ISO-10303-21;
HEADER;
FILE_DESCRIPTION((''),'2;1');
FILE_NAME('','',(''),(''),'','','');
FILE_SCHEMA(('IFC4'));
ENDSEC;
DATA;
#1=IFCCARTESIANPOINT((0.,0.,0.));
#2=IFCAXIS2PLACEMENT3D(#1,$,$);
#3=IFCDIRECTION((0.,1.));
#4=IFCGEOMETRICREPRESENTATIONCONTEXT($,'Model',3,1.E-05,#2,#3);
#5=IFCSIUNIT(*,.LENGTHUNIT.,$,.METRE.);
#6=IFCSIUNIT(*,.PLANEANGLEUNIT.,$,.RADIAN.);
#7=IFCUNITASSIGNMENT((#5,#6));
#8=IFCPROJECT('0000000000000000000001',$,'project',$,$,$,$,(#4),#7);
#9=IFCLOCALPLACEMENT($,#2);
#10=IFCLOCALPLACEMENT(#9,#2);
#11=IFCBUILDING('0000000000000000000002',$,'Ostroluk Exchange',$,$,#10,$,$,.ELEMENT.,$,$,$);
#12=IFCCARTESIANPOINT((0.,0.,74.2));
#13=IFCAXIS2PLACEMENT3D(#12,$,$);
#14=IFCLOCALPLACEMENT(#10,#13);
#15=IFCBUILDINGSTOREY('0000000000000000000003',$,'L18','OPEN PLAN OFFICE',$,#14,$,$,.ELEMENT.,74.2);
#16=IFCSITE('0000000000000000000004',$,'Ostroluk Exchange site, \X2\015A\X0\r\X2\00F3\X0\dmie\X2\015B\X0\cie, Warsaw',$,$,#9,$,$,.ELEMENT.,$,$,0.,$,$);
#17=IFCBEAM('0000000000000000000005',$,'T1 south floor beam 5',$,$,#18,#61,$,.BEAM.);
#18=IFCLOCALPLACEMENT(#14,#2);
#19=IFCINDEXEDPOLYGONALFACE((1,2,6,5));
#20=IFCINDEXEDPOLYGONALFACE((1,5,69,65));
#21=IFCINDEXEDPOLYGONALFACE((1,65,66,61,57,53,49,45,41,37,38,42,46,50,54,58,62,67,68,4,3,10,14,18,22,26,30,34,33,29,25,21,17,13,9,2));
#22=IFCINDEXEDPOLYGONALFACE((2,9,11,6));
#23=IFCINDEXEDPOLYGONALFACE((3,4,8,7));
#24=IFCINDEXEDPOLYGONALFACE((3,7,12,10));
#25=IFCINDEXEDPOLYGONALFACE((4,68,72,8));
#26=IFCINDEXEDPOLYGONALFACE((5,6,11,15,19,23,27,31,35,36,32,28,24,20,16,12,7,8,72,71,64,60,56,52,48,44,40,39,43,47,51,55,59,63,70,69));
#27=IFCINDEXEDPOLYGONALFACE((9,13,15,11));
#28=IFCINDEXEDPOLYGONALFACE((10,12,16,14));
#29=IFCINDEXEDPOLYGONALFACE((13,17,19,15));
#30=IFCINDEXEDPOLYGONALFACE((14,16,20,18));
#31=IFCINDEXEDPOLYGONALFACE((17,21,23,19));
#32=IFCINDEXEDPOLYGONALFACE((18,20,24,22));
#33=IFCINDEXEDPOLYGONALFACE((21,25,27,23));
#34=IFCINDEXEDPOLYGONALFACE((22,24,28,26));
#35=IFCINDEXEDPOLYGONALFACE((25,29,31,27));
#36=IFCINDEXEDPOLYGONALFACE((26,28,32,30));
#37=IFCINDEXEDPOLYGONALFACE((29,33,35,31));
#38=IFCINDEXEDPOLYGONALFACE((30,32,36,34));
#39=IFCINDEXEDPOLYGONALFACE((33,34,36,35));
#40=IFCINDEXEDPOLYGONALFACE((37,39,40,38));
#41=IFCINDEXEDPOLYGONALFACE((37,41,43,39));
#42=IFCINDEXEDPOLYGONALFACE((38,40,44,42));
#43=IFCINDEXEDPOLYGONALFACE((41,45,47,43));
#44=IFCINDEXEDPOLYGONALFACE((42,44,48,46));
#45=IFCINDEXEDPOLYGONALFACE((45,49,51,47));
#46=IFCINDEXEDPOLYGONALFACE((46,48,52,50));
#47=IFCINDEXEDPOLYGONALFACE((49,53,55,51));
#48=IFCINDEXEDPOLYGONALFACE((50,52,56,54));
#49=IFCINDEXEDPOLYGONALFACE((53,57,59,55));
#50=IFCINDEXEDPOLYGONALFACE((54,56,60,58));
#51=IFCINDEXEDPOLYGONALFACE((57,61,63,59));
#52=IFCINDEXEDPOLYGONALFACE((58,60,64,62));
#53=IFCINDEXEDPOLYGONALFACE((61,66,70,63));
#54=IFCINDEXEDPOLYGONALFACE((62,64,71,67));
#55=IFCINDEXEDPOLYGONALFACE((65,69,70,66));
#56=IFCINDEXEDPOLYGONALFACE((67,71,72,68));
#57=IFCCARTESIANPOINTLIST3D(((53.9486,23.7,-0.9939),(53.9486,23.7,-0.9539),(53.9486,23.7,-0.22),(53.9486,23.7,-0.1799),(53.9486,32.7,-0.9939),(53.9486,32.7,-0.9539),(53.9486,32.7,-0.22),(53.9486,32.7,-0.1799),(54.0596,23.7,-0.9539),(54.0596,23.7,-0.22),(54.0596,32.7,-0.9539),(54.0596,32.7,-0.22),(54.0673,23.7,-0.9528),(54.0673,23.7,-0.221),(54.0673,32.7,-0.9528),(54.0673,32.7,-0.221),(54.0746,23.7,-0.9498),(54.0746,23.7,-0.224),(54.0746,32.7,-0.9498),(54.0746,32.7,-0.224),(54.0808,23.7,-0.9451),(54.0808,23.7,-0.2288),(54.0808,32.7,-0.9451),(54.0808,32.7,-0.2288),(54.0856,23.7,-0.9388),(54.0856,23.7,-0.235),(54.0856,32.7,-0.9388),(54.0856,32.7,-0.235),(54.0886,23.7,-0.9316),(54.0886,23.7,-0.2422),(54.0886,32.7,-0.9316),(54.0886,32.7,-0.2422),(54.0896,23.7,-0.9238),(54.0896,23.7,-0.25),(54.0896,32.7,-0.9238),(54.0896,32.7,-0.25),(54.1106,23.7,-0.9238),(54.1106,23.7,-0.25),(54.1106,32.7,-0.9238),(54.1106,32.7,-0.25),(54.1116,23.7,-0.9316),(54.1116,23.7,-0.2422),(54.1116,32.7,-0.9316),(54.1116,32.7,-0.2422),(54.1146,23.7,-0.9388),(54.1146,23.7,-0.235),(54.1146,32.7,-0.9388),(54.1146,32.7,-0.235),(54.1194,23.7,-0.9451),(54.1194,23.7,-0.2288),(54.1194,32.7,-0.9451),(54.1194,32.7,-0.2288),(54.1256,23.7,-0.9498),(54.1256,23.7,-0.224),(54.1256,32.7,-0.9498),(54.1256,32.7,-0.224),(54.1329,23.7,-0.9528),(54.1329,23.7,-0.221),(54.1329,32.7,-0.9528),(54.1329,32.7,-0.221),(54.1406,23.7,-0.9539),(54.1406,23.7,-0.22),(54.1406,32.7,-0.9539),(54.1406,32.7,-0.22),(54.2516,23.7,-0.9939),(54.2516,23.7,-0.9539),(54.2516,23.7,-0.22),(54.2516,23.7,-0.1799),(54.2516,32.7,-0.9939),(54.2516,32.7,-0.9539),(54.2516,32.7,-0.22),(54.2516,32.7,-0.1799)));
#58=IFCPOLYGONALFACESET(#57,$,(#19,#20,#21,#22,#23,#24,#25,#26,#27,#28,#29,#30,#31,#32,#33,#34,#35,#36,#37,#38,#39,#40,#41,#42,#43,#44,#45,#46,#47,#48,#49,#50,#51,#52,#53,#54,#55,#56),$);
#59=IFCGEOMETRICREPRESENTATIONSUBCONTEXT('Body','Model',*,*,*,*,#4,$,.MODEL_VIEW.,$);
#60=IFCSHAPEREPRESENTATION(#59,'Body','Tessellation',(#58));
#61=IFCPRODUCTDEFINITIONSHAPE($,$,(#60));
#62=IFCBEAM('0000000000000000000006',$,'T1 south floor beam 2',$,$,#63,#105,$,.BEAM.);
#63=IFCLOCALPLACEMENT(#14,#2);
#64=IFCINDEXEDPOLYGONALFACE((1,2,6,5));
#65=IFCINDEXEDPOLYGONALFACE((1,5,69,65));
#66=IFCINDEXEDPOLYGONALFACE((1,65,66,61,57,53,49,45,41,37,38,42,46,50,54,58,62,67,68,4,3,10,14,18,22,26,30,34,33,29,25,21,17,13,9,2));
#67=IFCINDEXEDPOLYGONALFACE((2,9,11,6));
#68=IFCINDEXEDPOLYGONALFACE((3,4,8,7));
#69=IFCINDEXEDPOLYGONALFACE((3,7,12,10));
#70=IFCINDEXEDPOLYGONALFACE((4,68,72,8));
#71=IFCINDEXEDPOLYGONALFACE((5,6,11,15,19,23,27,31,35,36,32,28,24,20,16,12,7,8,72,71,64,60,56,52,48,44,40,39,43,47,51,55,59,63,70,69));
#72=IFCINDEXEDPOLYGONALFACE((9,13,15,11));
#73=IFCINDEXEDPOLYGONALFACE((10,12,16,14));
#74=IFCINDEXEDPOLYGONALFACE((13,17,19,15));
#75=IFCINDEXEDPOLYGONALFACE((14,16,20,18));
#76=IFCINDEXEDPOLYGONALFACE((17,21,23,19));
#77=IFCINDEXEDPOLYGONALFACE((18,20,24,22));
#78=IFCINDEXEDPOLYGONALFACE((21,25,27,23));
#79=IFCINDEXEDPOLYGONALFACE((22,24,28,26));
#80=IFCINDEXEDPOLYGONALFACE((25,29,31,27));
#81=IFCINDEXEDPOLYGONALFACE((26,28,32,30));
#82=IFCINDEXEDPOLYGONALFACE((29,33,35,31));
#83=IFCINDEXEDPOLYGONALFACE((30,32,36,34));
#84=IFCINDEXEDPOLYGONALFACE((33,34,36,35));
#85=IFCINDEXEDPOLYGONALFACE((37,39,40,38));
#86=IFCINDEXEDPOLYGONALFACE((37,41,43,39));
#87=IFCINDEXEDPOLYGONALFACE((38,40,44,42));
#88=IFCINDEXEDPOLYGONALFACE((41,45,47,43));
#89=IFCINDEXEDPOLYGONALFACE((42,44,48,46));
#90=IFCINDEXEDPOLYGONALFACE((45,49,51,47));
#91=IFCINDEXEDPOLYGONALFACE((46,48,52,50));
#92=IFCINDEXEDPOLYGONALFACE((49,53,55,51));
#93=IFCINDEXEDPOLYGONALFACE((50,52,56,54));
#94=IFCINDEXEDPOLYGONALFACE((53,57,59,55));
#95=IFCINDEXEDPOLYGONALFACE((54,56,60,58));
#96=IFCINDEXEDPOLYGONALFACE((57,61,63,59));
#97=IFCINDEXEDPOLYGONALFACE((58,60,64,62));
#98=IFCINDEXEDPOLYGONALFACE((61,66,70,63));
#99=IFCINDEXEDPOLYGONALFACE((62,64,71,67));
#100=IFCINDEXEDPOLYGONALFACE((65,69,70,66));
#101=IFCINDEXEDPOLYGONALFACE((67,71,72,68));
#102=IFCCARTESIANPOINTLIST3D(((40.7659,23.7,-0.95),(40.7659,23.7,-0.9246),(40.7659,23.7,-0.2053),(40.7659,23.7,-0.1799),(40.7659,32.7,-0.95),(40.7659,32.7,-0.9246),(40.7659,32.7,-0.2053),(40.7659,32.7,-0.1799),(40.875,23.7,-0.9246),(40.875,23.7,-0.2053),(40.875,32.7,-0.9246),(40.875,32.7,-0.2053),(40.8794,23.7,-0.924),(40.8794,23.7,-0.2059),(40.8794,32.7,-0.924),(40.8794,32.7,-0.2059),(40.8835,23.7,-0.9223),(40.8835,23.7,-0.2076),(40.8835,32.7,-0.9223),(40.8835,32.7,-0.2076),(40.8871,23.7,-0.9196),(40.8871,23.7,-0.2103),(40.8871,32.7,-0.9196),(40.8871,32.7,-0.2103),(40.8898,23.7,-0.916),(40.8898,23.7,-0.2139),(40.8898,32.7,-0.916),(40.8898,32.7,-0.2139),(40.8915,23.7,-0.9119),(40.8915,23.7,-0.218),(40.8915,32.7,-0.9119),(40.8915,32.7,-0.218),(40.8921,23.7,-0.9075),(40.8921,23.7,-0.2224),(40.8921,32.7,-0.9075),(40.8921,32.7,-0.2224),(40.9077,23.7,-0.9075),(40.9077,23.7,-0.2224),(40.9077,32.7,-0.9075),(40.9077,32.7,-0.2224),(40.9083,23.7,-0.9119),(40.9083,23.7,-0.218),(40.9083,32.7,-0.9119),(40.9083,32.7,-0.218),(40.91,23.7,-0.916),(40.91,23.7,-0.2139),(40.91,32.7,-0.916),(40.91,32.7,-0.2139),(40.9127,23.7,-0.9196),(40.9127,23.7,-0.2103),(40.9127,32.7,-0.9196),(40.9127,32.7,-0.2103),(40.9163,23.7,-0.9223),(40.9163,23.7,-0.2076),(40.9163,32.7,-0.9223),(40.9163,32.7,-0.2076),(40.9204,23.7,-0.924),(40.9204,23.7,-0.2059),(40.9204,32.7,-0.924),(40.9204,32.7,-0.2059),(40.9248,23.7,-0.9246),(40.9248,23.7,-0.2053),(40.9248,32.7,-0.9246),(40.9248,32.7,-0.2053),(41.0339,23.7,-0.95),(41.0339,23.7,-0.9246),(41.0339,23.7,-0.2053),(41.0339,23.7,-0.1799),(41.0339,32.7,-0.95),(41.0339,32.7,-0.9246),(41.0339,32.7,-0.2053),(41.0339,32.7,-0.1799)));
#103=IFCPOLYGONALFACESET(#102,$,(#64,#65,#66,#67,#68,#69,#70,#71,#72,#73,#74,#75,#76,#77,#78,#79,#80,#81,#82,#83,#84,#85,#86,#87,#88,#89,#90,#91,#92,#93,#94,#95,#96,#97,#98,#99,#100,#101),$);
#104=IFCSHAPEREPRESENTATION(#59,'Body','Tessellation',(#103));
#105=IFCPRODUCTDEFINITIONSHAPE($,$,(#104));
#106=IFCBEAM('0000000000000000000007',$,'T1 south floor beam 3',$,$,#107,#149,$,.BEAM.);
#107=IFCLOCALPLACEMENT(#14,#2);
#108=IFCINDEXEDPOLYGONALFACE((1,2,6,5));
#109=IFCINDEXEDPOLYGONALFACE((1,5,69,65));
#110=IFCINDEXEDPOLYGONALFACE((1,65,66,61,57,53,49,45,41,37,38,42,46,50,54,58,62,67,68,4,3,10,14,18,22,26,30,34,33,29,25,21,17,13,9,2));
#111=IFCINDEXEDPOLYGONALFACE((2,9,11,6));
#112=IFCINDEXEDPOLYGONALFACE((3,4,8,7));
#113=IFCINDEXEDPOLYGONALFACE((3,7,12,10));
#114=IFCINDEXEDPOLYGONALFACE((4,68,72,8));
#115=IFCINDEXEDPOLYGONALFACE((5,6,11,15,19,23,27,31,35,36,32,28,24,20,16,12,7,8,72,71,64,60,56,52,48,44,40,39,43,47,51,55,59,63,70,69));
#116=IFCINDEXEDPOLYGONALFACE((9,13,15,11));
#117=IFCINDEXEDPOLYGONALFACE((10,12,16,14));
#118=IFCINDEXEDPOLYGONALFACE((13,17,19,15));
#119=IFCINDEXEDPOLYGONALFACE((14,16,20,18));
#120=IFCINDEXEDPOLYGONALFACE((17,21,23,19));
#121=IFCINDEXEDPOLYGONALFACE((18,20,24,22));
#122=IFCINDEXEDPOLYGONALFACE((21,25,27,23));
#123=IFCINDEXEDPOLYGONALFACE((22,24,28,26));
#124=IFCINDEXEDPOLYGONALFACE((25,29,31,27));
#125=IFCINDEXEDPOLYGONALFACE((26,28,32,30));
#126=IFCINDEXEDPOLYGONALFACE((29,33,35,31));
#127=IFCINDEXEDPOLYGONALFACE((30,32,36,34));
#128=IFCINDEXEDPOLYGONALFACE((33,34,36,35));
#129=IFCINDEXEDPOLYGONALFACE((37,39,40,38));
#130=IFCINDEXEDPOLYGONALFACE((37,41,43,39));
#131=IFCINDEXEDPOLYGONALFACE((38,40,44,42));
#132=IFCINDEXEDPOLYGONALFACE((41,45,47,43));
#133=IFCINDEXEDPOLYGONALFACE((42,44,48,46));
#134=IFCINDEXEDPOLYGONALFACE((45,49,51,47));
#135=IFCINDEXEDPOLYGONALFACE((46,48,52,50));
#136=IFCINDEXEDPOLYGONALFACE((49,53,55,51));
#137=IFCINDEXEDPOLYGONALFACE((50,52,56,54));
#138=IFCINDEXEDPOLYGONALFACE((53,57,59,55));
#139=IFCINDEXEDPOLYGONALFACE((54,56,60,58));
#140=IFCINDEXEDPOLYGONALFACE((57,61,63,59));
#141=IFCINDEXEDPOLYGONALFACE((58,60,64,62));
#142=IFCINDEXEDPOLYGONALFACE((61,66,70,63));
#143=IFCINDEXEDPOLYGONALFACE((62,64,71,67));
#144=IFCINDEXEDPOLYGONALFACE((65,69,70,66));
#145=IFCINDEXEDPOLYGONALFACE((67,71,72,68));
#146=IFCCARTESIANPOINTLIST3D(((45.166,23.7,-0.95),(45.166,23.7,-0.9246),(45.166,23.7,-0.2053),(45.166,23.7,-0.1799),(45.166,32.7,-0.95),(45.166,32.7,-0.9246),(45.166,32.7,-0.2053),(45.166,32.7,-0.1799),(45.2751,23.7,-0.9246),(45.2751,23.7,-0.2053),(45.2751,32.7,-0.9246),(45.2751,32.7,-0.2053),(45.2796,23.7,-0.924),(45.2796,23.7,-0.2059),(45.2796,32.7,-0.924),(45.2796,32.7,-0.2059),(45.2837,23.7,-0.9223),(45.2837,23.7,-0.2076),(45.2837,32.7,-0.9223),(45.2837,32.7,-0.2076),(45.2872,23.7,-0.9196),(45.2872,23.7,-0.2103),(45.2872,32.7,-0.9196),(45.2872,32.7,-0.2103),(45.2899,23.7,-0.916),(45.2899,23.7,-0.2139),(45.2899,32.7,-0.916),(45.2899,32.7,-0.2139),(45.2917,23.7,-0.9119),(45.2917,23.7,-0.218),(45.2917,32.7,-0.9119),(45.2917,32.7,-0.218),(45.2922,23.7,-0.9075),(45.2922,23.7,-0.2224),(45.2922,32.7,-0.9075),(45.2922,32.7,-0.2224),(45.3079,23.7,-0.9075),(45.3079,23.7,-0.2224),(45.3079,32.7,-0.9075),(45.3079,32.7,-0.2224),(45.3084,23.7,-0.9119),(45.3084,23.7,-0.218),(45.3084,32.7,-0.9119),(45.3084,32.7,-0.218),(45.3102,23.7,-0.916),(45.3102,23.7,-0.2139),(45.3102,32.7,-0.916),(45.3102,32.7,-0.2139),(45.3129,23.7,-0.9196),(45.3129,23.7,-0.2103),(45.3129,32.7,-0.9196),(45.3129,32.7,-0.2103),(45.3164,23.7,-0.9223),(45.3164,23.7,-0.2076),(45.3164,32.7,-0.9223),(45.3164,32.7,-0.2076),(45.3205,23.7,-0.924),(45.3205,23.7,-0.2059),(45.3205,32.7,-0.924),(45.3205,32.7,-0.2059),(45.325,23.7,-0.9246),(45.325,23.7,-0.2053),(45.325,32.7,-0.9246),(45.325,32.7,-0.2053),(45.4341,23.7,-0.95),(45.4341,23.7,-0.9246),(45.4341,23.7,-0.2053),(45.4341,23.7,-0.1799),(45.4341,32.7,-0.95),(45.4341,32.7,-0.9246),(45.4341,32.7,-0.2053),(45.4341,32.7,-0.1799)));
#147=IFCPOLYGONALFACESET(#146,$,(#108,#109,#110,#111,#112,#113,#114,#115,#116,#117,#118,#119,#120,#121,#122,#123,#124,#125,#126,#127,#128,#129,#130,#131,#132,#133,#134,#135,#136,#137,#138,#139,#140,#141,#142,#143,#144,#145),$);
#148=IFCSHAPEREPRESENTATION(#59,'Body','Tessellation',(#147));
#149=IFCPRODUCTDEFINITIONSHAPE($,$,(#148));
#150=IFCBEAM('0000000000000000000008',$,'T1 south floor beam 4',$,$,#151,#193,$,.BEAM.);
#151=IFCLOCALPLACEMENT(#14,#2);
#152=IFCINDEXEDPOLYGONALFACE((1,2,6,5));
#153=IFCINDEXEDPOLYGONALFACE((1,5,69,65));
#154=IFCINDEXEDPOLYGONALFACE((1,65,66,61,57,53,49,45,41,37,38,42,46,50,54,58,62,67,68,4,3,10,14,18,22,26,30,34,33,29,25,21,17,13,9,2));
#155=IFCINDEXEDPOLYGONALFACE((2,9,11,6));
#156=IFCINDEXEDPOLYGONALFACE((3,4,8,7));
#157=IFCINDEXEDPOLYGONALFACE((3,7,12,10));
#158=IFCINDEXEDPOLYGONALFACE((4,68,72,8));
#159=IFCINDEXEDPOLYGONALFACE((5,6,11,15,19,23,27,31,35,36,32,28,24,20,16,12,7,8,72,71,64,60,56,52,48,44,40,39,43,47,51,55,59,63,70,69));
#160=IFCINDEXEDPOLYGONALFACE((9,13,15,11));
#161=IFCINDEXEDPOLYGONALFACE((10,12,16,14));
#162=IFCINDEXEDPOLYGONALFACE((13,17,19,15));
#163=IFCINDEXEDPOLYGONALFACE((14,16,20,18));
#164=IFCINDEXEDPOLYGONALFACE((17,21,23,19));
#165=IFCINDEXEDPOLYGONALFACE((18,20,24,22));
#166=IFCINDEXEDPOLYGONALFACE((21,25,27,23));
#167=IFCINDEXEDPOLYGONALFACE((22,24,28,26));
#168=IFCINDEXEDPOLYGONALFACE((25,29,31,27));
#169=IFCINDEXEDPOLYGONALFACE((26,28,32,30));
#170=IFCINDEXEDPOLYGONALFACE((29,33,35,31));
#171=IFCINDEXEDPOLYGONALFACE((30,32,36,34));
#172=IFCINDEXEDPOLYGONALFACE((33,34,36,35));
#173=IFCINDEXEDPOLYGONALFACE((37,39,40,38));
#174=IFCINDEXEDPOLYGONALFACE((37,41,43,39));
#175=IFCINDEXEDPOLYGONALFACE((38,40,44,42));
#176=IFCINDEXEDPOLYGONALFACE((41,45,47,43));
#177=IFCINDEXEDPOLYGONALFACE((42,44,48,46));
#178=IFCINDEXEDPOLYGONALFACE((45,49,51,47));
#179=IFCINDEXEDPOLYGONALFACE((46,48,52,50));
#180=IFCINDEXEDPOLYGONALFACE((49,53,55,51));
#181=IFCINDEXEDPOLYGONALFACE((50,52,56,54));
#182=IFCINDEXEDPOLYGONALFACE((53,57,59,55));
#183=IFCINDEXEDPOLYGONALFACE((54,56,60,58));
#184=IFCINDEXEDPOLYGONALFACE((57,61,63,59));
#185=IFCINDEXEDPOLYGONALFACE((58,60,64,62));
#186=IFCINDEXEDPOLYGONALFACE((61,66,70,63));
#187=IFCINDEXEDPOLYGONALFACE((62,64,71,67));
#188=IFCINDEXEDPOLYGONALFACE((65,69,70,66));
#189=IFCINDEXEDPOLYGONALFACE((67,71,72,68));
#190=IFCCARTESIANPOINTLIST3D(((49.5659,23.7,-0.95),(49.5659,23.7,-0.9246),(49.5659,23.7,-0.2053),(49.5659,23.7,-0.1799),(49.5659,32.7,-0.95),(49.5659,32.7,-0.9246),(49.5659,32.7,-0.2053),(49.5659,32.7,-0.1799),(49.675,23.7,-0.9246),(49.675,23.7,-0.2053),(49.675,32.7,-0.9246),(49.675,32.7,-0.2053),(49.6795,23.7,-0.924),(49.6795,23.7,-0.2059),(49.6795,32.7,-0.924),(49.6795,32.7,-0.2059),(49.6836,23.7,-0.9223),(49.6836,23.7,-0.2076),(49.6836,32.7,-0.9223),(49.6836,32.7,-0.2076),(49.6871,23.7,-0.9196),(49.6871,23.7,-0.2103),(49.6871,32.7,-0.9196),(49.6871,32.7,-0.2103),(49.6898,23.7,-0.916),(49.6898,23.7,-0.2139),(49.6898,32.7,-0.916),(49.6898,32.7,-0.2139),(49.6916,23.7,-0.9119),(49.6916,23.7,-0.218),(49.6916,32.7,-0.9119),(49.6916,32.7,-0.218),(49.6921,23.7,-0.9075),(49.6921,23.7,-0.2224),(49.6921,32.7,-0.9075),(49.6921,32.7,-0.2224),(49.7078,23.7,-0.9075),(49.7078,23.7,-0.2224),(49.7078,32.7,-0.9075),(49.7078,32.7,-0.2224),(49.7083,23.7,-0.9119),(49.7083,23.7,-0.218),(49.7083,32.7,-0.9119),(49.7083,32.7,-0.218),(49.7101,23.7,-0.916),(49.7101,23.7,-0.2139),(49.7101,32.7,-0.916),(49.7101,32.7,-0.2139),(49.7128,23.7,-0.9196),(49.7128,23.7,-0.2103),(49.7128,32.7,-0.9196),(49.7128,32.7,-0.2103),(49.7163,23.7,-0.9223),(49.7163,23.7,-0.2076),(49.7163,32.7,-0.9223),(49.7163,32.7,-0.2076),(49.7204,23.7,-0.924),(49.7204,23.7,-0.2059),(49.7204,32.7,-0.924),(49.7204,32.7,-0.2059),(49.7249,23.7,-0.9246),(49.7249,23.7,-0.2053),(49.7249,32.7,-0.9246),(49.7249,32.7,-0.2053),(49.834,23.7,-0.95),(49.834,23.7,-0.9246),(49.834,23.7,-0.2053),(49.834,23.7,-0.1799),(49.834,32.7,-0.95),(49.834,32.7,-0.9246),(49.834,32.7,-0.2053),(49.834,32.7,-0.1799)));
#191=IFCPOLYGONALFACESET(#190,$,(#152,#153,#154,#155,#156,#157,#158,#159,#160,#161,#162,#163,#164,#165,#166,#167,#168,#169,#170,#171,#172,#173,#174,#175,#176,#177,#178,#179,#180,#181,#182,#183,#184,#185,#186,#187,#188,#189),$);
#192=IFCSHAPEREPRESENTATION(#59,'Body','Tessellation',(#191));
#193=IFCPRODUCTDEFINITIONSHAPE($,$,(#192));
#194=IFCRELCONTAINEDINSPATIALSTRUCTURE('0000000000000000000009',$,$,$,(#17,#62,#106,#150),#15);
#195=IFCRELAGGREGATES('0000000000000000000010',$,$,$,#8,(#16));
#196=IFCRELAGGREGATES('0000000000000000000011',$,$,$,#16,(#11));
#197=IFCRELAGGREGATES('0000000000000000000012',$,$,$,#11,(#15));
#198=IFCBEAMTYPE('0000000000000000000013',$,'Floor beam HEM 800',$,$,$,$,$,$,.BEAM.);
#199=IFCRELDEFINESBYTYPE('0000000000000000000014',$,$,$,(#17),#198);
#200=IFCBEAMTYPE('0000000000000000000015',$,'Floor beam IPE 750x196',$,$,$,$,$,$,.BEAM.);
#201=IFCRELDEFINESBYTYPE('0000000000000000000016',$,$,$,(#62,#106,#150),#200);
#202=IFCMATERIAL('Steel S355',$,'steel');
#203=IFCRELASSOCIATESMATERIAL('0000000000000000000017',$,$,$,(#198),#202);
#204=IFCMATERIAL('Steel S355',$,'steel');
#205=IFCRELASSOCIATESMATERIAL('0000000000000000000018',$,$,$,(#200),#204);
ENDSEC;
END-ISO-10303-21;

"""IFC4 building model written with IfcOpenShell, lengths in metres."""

from ifc_helpers import new_model, si_unit, direction, frame, origin, origin_2d, place, context, subcontext, project, spatial, i_section, extrude, material, material_profile, profile_set, type_object, element, save


model = new_model("IFC4")

# Units and contexts
model_context = context("Model", 3, precision=1e-05, world=origin(), true_north=direction((0.0, 1.0)))
body_context = subcontext(model_context, "Body", "Model", "MODEL_VIEW")
ifc_project = project(units=[si_unit("LENGTHUNIT", "METRE"), si_unit("PLANEANGLEUNIT", "RADIAN")], contexts=[model_context])

# Site, building, storey
site_placement = place(None, origin())
site = spatial("IfcSite", under=ifc_project, at=site_placement, Name="Ostroluk Exchange site, Śródmieście, Warsaw", CompositionType="ELEMENT", RefElevation=0.0)
building_placement = place(site_placement, origin())
building = spatial("IfcBuilding", under=site, at=building_placement, Name="Ostroluk Exchange", CompositionType="ELEMENT")
storey_placement = place(building_placement, frame((0.0, 0.0, 74.2)))
storey = spatial("IfcBuildingStorey", under=building, at=storey_placement, Name="L18", Description="OPEN PLAN OFFICE", CompositionType="ELEMENT", Elevation=74.2)

# Beams
ifc_material_1 = material(Name="Steel S355", Category="steel")
ifc_material_profile_1 = material_profile(ifc_material_1, i_section(OverallWidth=0.303, OverallDepth=0.814, WebThickness=0.021, FlangeThickness=0.04, FilletRadius=0.03, at=origin_2d()), Name="HEM 800")
ifc_profile_set_1 = profile_set([ifc_material_profile_1], Name="Steel S355")
beam_type_1 = type_object("IfcBeamType", Name="Floor beam HEM 800", PredefinedType="BEAM", material=ifc_profile_set_1)
beam_placement = place(storey_placement, frame((54.1001, 32.7, -0.5869), z_axis=(0.0, -1.0, 0.0), x_axis=(1.0, 0.0, 0.0)))
element("IfcBeam", 1, at=beam_placement, inside=storey, type_object=beam_type_1, Name="T1 south floor beam 5", PredefinedType="BEAM", context=body_context, shape_type="SweptSolid", body=[
    extrude(i_section(OverallWidth=0.303, OverallDepth=0.814, WebThickness=0.021, FlangeThickness=0.04, FilletRadius=0.03, at=origin_2d()), origin(), (0.0, 0.0, 1.0), 9.0),
])
ifc_material_2 = material(Name="Steel S355", Category="steel")
ifc_material_profile_2 = material_profile(ifc_material_2, i_section(OverallWidth=0.2681, OverallDepth=0.77, WebThickness=0.0156, FlangeThickness=0.0254, FilletRadius=0.0171, at=origin_2d()), Name="IPE 750x196")
ifc_profile_set_2 = profile_set([ifc_material_profile_2], Name="Steel S355")
beam_type_2 = type_object("IfcBeamType", Name="Floor beam IPE 750x196", PredefinedType="BEAM", material=ifc_profile_set_2)
for number, where, z_axis, x_axis, name in (
    (2, (40.8999, 32.7, -0.5649), (0.0, -1.0, 0.0), (1.0, 0.0, 0.0), "T1 south floor beam 2"),
    (3, (45.3, 32.7, -0.5649), (0.0, -1.0, 0.0), (1.0, 0.0, 0.0), "T1 south floor beam 3"),
    (4, (49.7, 32.7, -0.5649), (0.0, -1.0, 0.0), (1.0, 0.0, 0.0), "T1 south floor beam 4"),
):
    element("IfcBeam", number, at=place(storey_placement, frame(where, z_axis=z_axis, x_axis=x_axis)), inside=storey, type_object=beam_type_2, Name=name, PredefinedType="BEAM", context=body_context, shape_type="SweptSolid", body=[
        extrude(i_section(OverallWidth=0.2681, OverallDepth=0.77, WebThickness=0.0156, FlangeThickness=0.0254, FilletRadius=0.0171, at=origin_2d()), origin(), (0.0, 0.0, 1.0), 9.0),
    ])

save(model, "model.ifc")
